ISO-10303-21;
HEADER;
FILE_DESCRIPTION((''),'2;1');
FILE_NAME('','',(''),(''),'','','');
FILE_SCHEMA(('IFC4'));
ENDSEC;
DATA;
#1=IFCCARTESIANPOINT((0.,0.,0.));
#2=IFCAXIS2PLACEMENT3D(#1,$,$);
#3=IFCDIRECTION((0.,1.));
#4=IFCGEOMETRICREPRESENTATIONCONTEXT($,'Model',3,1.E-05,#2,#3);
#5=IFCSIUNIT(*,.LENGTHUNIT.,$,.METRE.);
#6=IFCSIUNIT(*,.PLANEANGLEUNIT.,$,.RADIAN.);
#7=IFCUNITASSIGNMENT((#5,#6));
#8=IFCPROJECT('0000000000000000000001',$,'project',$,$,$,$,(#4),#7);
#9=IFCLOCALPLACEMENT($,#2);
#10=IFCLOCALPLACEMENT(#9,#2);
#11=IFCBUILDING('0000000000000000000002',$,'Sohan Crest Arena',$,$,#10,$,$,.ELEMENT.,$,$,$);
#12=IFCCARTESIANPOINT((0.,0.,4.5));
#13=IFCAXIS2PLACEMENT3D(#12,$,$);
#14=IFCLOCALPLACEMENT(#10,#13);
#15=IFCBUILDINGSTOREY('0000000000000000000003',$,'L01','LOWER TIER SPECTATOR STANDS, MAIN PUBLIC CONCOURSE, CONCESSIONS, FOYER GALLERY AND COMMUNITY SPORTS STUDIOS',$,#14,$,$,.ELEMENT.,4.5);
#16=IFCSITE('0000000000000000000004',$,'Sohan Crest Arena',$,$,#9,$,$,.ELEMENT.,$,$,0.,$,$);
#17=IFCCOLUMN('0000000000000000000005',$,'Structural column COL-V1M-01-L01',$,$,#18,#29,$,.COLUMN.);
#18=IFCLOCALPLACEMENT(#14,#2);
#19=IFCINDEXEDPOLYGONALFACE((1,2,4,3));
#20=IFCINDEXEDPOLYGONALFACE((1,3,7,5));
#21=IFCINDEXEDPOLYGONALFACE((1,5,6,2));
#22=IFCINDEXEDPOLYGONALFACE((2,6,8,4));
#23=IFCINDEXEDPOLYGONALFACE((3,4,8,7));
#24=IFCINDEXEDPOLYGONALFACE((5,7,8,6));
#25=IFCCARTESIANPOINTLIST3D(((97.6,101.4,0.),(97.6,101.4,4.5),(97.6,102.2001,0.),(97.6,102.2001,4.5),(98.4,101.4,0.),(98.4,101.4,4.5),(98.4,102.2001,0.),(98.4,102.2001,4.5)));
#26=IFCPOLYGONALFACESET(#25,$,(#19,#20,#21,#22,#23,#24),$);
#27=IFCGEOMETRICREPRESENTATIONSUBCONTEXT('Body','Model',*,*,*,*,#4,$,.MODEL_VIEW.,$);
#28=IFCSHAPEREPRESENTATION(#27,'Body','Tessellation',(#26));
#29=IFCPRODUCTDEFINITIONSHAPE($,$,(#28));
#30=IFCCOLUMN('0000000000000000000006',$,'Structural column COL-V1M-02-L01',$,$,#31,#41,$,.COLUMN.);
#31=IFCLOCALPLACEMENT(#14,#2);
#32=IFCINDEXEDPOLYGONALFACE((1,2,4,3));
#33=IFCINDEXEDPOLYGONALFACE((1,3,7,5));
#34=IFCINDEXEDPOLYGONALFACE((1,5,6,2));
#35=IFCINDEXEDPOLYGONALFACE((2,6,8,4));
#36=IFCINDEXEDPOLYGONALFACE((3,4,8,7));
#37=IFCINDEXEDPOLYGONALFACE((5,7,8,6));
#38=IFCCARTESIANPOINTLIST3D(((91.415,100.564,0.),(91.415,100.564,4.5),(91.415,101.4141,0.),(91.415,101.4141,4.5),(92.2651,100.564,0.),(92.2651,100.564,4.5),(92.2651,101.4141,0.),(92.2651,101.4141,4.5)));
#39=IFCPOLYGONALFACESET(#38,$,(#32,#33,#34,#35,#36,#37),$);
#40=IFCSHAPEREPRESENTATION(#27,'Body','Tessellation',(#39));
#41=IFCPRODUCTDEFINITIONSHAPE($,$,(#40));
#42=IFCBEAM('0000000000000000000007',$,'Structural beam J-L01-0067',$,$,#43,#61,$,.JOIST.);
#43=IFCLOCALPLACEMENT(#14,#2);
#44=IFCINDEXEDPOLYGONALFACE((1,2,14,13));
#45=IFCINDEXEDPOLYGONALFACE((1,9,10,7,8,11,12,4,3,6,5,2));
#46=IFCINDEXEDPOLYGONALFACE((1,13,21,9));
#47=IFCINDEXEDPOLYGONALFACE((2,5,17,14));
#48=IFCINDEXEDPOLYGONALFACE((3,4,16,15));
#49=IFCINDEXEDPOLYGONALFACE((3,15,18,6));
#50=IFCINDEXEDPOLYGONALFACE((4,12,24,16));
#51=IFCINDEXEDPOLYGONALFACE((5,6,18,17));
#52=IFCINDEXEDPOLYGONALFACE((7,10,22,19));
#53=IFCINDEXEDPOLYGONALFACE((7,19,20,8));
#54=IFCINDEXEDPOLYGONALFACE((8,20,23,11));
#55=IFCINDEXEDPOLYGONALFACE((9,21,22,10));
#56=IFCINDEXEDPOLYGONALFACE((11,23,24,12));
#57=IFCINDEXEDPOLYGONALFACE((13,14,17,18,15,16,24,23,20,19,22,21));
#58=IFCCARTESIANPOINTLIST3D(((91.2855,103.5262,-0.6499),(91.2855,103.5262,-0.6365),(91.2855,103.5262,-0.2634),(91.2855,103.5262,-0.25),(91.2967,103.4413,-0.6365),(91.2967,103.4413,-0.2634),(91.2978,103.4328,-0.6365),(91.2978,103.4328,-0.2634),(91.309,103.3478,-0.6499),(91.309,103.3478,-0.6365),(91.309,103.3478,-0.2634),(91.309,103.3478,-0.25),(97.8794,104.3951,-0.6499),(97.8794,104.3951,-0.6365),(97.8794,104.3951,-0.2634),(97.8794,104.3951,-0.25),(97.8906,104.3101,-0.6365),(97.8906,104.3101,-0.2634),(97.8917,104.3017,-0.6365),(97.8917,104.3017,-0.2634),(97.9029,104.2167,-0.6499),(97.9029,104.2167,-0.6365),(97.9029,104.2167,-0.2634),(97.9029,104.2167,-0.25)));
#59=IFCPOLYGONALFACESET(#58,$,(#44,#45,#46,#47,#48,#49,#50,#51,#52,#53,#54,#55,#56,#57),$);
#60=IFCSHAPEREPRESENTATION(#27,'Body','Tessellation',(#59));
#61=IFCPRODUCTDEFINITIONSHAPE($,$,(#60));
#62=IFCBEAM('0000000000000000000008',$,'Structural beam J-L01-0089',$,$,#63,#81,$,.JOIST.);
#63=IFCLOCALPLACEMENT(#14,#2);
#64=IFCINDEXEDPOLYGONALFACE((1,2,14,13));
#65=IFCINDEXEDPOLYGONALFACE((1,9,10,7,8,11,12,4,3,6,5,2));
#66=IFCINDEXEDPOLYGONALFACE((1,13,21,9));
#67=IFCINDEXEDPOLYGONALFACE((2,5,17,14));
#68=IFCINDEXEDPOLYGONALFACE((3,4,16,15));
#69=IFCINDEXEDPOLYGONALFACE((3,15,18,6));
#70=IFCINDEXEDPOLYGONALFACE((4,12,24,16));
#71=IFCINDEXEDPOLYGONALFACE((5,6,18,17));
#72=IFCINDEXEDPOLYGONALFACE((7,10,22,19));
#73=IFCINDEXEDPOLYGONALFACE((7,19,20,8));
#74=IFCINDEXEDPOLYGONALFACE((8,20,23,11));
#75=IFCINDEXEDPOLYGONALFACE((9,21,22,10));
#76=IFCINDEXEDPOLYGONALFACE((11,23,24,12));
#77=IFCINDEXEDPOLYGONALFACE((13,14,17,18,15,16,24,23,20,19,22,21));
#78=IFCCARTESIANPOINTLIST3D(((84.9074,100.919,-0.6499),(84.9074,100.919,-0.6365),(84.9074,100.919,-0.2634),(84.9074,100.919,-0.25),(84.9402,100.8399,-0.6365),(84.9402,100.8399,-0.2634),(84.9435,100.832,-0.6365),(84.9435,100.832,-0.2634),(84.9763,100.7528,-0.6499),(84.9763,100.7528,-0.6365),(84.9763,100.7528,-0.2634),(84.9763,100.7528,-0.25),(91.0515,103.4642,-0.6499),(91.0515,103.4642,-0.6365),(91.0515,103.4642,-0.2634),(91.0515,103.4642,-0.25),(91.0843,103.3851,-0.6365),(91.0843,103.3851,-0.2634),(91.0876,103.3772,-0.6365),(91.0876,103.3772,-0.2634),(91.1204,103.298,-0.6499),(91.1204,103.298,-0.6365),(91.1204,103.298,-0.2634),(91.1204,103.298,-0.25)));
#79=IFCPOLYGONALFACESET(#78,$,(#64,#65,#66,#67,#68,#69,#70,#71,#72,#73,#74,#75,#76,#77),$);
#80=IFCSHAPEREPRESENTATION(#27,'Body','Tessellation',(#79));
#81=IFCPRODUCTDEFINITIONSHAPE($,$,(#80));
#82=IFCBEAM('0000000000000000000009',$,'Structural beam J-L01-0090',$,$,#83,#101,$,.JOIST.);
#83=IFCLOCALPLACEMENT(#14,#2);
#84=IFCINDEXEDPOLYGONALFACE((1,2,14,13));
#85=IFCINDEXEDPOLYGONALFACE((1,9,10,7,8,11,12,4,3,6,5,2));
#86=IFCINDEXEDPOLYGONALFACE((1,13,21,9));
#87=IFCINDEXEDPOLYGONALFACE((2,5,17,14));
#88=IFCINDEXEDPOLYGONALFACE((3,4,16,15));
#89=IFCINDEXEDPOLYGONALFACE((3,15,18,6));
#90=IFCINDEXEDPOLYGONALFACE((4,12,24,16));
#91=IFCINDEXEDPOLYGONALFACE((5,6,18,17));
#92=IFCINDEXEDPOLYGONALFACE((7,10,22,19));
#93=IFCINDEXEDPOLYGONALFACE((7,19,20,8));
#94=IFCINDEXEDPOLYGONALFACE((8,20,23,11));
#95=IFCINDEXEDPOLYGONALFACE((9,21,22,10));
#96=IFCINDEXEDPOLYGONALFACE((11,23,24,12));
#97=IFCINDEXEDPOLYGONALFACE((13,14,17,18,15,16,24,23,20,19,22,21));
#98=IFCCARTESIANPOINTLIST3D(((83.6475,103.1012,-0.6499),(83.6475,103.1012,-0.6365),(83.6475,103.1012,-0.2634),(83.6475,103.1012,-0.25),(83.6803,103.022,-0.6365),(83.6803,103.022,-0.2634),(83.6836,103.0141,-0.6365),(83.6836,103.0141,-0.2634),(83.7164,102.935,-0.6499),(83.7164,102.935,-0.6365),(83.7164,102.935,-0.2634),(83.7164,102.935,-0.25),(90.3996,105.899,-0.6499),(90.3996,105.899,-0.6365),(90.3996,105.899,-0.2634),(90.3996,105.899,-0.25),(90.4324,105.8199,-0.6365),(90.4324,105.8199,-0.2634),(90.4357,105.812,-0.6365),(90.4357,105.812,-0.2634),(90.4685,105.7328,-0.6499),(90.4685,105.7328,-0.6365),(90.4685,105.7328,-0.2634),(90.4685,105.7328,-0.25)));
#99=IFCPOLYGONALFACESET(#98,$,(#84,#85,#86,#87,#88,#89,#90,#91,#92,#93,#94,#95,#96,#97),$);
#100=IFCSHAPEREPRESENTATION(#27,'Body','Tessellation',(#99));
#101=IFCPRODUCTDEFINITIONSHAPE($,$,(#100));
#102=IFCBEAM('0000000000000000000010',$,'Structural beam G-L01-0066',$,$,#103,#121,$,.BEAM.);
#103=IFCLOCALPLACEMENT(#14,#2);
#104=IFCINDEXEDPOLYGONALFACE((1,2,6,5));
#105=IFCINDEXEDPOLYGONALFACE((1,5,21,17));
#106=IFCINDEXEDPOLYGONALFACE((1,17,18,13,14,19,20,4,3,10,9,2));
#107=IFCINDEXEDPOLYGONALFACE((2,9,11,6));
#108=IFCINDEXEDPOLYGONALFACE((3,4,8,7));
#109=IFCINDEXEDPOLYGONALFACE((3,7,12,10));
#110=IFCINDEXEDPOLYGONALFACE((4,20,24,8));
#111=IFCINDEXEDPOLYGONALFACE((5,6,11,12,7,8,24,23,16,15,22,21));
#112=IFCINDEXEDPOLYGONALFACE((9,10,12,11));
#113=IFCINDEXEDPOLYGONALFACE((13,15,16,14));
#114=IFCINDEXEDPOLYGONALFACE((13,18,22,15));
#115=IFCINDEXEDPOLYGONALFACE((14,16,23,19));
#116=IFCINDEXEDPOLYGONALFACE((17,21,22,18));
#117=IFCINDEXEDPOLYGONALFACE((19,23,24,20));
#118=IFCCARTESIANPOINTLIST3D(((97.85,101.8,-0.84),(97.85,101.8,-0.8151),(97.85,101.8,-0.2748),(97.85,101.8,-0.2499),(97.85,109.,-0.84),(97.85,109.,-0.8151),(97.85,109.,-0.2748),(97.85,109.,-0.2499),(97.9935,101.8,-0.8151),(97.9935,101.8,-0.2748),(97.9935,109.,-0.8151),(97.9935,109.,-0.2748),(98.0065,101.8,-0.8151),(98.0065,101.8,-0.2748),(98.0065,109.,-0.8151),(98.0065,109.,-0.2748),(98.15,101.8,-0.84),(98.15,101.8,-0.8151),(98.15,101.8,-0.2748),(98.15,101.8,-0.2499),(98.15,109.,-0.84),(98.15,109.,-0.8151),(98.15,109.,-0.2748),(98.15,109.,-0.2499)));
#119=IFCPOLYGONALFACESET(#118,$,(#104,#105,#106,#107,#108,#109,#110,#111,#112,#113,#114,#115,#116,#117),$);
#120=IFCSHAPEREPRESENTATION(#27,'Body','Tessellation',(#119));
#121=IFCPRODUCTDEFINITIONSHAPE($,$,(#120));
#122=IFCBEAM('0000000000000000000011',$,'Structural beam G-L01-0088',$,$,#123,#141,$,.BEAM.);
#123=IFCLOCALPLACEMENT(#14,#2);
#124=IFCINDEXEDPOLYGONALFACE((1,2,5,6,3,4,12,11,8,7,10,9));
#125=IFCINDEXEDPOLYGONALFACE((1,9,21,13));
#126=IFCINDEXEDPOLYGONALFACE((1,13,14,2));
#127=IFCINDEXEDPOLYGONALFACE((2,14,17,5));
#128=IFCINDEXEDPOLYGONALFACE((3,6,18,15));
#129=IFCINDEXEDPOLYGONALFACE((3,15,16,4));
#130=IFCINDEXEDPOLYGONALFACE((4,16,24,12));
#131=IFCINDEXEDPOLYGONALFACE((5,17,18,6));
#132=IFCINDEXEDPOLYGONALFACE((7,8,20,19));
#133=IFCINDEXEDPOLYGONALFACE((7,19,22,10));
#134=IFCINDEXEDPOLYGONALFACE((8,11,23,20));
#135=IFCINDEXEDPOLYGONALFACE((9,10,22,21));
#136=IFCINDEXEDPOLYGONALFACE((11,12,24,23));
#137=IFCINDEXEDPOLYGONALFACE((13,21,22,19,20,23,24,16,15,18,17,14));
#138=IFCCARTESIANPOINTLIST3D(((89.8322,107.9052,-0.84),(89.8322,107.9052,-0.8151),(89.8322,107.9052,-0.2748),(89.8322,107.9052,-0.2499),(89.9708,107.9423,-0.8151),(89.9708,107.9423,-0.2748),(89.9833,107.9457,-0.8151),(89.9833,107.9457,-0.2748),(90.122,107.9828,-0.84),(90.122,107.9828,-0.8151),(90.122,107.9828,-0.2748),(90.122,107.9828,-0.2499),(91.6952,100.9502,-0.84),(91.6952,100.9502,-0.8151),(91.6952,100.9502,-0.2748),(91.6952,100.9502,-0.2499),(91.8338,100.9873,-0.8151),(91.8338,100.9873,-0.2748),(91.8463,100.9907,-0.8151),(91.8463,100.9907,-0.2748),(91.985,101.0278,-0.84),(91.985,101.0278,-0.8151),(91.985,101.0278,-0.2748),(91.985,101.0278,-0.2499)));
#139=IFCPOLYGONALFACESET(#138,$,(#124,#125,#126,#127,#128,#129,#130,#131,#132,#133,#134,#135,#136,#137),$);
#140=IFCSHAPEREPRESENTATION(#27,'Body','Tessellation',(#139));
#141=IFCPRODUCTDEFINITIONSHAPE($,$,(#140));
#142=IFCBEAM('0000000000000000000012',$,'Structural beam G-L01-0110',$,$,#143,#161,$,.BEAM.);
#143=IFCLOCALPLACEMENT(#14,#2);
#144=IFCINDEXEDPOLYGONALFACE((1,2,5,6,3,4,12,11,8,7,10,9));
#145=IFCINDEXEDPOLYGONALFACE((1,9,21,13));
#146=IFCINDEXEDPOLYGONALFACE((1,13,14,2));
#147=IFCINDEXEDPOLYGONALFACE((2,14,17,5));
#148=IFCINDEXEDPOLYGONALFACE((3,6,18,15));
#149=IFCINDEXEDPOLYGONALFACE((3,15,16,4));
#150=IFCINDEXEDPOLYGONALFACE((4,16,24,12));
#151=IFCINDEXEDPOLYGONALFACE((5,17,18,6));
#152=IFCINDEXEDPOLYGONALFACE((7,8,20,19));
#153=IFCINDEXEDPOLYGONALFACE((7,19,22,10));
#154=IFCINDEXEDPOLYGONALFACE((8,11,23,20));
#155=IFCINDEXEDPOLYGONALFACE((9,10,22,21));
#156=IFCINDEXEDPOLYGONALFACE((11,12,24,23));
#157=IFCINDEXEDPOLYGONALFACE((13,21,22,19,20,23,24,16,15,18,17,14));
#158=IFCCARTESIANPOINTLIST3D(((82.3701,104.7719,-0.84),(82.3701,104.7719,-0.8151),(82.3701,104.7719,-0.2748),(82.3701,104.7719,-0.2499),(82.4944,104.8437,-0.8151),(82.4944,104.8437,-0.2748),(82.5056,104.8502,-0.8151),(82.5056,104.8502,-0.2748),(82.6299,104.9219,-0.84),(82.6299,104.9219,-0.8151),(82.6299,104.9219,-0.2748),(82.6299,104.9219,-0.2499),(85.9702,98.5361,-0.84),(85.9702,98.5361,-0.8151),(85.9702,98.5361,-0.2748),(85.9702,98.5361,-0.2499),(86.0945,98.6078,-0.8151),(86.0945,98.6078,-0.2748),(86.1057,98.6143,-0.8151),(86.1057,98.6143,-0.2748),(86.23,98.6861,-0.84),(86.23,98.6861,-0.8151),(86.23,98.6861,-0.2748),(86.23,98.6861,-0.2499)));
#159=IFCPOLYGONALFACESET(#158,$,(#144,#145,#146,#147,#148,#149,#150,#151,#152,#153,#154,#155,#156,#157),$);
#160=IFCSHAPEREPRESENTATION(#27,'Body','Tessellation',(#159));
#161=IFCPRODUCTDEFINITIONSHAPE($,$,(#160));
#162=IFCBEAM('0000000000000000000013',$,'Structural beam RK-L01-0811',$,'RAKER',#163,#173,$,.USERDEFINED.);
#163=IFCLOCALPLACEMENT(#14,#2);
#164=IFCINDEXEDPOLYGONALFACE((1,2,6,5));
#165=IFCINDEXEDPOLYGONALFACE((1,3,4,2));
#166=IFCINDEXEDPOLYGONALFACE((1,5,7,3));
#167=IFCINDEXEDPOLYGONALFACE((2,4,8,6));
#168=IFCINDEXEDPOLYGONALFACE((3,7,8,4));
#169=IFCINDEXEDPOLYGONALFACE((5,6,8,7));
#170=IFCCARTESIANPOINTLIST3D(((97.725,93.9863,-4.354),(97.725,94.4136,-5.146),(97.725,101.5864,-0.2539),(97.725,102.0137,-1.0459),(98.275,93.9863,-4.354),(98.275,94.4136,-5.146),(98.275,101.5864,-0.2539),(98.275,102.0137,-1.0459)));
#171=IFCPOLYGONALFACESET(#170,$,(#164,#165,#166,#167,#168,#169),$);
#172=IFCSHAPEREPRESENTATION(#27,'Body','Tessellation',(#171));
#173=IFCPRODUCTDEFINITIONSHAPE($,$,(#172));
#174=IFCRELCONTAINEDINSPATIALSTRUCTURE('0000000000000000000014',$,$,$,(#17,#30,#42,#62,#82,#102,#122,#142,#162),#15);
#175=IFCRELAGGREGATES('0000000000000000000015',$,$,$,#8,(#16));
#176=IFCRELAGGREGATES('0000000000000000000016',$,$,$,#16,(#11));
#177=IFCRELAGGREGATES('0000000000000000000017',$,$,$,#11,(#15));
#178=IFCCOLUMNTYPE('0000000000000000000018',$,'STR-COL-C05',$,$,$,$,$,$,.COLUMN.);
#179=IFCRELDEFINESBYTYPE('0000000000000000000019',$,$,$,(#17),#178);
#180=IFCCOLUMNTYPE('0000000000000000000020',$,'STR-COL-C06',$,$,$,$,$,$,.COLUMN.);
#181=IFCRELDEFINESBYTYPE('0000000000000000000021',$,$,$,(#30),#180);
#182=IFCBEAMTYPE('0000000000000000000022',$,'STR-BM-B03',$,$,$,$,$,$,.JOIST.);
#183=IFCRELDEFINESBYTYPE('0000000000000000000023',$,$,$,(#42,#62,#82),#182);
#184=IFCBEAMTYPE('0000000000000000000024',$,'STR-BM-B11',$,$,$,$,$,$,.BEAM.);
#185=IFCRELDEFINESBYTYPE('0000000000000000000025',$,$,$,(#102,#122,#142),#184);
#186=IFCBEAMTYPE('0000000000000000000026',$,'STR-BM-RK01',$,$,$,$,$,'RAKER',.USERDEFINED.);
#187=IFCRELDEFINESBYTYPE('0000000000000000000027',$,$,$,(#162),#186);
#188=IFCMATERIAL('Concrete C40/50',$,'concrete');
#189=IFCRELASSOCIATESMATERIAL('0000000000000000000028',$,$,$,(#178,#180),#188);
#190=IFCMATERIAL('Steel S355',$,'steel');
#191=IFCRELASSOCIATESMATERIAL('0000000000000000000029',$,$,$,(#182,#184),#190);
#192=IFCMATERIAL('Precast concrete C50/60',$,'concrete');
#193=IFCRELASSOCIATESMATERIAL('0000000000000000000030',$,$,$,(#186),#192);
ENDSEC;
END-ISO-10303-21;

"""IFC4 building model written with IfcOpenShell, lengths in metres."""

from ifc_helpers import new_model, si_unit, direction, frame, origin, origin_2d, place, context, subcontext, project, spatial, rectangle, i_section, extrude, material, material_profile, profile_set, type_object, element, save


model = new_model("IFC4")

# Units and contexts
model_context = context("Model", 3, precision=1e-05, world=origin(), true_north=direction((0.0, 1.0)))
body_context = subcontext(model_context, "Body", "Model", "MODEL_VIEW")
ifc_project = project(units=[si_unit("LENGTHUNIT", "METRE"), si_unit("PLANEANGLEUNIT", "RADIAN")], contexts=[model_context])

# Site, building, storey
site_placement = place(None, origin())
site = spatial("IfcSite", under=ifc_project, at=site_placement, Name="Sohan Crest Arena", CompositionType="ELEMENT", RefElevation=0.0)
building_placement = place(site_placement, origin())
building = spatial("IfcBuilding", under=site, at=building_placement, Name="Sohan Crest Arena", CompositionType="ELEMENT")
storey_placement = place(building_placement, frame((0.0, 0.0, 4.5)))
storey = spatial("IfcBuildingStorey", under=building, at=storey_placement, Name="L01", Description="LOWER TIER SPECTATOR STANDS, MAIN PUBLIC CONCOURSE, CONCESSIONS, FOYER GALLERY AND COMMUNITY SPORTS STUDIOS", CompositionType="ELEMENT", Elevation=4.5)

# Columns
ifc_material_1 = material(Name="Concrete C40/50", Category="concrete")
ifc_material_profile_1 = material_profile(ifc_material_1, rectangle(XDim=0.8, YDim=0.8, at=origin_2d()), Name="RC 800x800")
ifc_profile_set_1 = profile_set([ifc_material_profile_1], Name="Concrete C40/50")
column_type_1 = type_object("IfcColumnType", Name="STR-COL-C05", PredefinedType="COLUMN", material=ifc_profile_set_1)
column_1_placement = place(storey_placement, frame((98.0, 101.8, 0.0), z_axis=(0.0, 0.0, 1.0), x_axis=(1.0, 0.0, 0.0)))
element("IfcColumn", 1, at=column_1_placement, inside=storey, type_object=column_type_1, Name="Structural column COL-V1M-01-L01", PredefinedType="COLUMN", context=body_context, shape_type="SweptSolid", body=[
    extrude(rectangle(XDim=0.8, YDim=0.8, at=origin_2d()), origin(), (0.0, 0.0, 1.0), 4.5),
])
ifc_material_profile_2 = material_profile(ifc_material_1, rectangle(XDim=0.8501, YDim=0.8501, at=origin_2d()), Name="RC 850x850")
ifc_profile_set_2 = profile_set([ifc_material_profile_2], Name="Concrete C40/50")
column_type_2 = type_object("IfcColumnType", Name="STR-COL-C06", PredefinedType="COLUMN", material=ifc_profile_set_2)
column_2_placement = place(storey_placement, frame((91.8401, 100.989, 0.0), z_axis=(0.0, 0.0, 1.0), x_axis=(1.0, 0.0, 0.0)))
element("IfcColumn", 2, at=column_2_placement, inside=storey, type_object=column_type_2, Name="Structural column COL-V1M-02-L01", PredefinedType="COLUMN", context=body_context, shape_type="SweptSolid", body=[
    extrude(rectangle(XDim=0.8501, YDim=0.8501, at=origin_2d()), origin(), (0.0, 0.0, 1.0), 4.5),
])

# Beams
ifc_material_2 = material(Name="Steel S355", Category="steel")
ifc_material_profile_3 = material_profile(ifc_material_2, i_section(OverallWidth=0.1799, OverallDepth=0.3999, WebThickness=0.0085, FlangeThickness=0.0134, at=origin_2d()), Name="IPE 400")
ifc_profile_set_3 = profile_set([ifc_material_profile_3], Name="Steel S355")
beam_type_1 = type_object("IfcBeamType", Name="STR-BM-B03", PredefinedType="JOIST", material=ifc_profile_set_3)
beam_1_placement = place(storey_placement, frame((97.8911, 104.3059, -0.45), z_axis=(-0.99143, -0.130642, 0.0), x_axis=(0.130642, -0.99143, 0.0)))
element("IfcBeam", 3, at=beam_1_placement, inside=storey, type_object=beam_type_1, Name="Structural beam J-L01-0067", PredefinedType="JOIST", context=body_context, shape_type="SweptSolid", body=[
    extrude(i_section(OverallWidth=0.1799, OverallDepth=0.3999, WebThickness=0.0085, FlangeThickness=0.0134, at=origin_2d()), origin(), (0.0, 0.0, 1.0), 6.6509),
])
beam_2_placement = place(storey_placement, frame((91.0859, 103.3811, -0.45), z_axis=(-0.923868, -0.382712, 0.0), x_axis=(0.382712, -0.923868, 0.0)))
element("IfcBeam", 4, at=beam_2_placement, inside=storey, type_object=beam_type_1, Name="Structural beam J-L01-0089", PredefinedType="JOIST", context=body_context, shape_type="SweptSolid", body=[
    extrude(i_section(OverallWidth=0.1799, OverallDepth=0.3999, WebThickness=0.0085, FlangeThickness=0.0134, at=origin_2d()), origin(), (0.0, 0.0, 1.0), 6.6504),
])
beam_3_placement = place(storey_placement, frame((90.4341, 105.8159, -0.45), z_axis=(-0.923831, -0.3828, 0.0), x_axis=(0.3828, -0.923831, 0.0)))
element("IfcBeam", 5, at=beam_3_placement, inside=storey, type_object=beam_type_1, Name="Structural beam J-L01-0090", PredefinedType="JOIST", context=body_context, shape_type="SweptSolid", body=[
    extrude(i_section(OverallWidth=0.1799, OverallDepth=0.3999, WebThickness=0.0085, FlangeThickness=0.0134, at=origin_2d()), origin(), (0.0, 0.0, 1.0), 7.3088),
])
ifc_material_profile_4 = material_profile(ifc_material_2, i_section(OverallWidth=0.3, OverallDepth=0.5901, WebThickness=0.0129, FlangeThickness=0.0249, at=origin_2d()), Name="HEA 600")
ifc_profile_set_4 = profile_set([ifc_material_profile_4], Name="Steel S355")
beam_type_2 = type_object("IfcBeamType", Name="STR-BM-B11", PredefinedType="BEAM", material=ifc_profile_set_4)
beam_4_placement = place(storey_placement, frame((98.0, 101.8, -0.5449), z_axis=(0.0, 1.0, 0.0), x_axis=(-1.0, 0.0, 0.0)))
element("IfcBeam", 6, at=beam_4_placement, inside=storey, type_object=beam_type_2, Name="Structural beam G-L01-0066", PredefinedType="BEAM", context=body_context, shape_type="SweptSolid", body=[
    extrude(i_section(OverallWidth=0.3, OverallDepth=0.5901, WebThickness=0.0129, FlangeThickness=0.0249, at=origin_2d()), origin(), (0.0, 0.0, 1.0), 7.2),
])
beam_5_placement = place(storey_placement, frame((91.8401, 100.989, -0.5449), z_axis=(-0.258745, 0.965946, 0.0), x_axis=(-0.965946, -0.258745, 0.0)))
element("IfcBeam", 7, at=beam_5_placement, inside=storey, type_object=beam_type_2, Name="Structural beam G-L01-0088", PredefinedType="BEAM", context=body_context, shape_type="SweptSolid", body=[
    extrude(i_section(OverallWidth=0.3, OverallDepth=0.5901, WebThickness=0.0129, FlangeThickness=0.0249, at=origin_2d()), origin(), (0.0, 0.0, 1.0), 7.2002),
])
beam_6_placement = place(storey_placement, frame((86.1001, 98.6111, -0.5449), z_axis=(-0.499983, 0.866035, 0.0), x_axis=(-0.866035, -0.499983, 0.0)))
element("IfcBeam", 8, at=beam_6_placement, inside=storey, type_object=beam_type_2, Name="Structural beam G-L01-0110", PredefinedType="BEAM", context=body_context, shape_type="SweptSolid", body=[
    extrude(i_section(OverallWidth=0.3, OverallDepth=0.5901, WebThickness=0.0129, FlangeThickness=0.0249, at=origin_2d()), origin(), (0.0, 0.0, 1.0), 7.2004),
])
ifc_material_3 = material(Name="Precast concrete C50/60", Category="concrete")
ifc_material_profile_5 = material_profile(ifc_material_3, rectangle(XDim=0.55, YDim=0.8999, at=origin_2d()), Name="RAKER 550x900")
ifc_profile_set_5 = profile_set([ifc_material_profile_5], Name="Precast concrete C50/60")
beam_type_3 = type_object("IfcBeamType", Name="STR-BM-RK01", ElementType="RAKER", PredefinedType="USERDEFINED", material=ifc_profile_set_5)
beam_7_placement = place(storey_placement, frame((98.0, 94.2, -4.75), z_axis=(0.0, 0.880097, 0.474794), x_axis=(-1.0, 0.0, 0.0)))
element("IfcBeam", 9, at=beam_7_placement, inside=storey, type_object=beam_type_3, Name="Structural beam RK-L01-0811", ObjectType="RAKER", PredefinedType="USERDEFINED", context=body_context, shape_type="SweptSolid", body=[
    extrude(rectangle(XDim=0.55, YDim=0.8999, at=origin_2d()), origin(), (0.0, 0.0, 1.0), 8.6355),
])

save(model, "model.ifc")
